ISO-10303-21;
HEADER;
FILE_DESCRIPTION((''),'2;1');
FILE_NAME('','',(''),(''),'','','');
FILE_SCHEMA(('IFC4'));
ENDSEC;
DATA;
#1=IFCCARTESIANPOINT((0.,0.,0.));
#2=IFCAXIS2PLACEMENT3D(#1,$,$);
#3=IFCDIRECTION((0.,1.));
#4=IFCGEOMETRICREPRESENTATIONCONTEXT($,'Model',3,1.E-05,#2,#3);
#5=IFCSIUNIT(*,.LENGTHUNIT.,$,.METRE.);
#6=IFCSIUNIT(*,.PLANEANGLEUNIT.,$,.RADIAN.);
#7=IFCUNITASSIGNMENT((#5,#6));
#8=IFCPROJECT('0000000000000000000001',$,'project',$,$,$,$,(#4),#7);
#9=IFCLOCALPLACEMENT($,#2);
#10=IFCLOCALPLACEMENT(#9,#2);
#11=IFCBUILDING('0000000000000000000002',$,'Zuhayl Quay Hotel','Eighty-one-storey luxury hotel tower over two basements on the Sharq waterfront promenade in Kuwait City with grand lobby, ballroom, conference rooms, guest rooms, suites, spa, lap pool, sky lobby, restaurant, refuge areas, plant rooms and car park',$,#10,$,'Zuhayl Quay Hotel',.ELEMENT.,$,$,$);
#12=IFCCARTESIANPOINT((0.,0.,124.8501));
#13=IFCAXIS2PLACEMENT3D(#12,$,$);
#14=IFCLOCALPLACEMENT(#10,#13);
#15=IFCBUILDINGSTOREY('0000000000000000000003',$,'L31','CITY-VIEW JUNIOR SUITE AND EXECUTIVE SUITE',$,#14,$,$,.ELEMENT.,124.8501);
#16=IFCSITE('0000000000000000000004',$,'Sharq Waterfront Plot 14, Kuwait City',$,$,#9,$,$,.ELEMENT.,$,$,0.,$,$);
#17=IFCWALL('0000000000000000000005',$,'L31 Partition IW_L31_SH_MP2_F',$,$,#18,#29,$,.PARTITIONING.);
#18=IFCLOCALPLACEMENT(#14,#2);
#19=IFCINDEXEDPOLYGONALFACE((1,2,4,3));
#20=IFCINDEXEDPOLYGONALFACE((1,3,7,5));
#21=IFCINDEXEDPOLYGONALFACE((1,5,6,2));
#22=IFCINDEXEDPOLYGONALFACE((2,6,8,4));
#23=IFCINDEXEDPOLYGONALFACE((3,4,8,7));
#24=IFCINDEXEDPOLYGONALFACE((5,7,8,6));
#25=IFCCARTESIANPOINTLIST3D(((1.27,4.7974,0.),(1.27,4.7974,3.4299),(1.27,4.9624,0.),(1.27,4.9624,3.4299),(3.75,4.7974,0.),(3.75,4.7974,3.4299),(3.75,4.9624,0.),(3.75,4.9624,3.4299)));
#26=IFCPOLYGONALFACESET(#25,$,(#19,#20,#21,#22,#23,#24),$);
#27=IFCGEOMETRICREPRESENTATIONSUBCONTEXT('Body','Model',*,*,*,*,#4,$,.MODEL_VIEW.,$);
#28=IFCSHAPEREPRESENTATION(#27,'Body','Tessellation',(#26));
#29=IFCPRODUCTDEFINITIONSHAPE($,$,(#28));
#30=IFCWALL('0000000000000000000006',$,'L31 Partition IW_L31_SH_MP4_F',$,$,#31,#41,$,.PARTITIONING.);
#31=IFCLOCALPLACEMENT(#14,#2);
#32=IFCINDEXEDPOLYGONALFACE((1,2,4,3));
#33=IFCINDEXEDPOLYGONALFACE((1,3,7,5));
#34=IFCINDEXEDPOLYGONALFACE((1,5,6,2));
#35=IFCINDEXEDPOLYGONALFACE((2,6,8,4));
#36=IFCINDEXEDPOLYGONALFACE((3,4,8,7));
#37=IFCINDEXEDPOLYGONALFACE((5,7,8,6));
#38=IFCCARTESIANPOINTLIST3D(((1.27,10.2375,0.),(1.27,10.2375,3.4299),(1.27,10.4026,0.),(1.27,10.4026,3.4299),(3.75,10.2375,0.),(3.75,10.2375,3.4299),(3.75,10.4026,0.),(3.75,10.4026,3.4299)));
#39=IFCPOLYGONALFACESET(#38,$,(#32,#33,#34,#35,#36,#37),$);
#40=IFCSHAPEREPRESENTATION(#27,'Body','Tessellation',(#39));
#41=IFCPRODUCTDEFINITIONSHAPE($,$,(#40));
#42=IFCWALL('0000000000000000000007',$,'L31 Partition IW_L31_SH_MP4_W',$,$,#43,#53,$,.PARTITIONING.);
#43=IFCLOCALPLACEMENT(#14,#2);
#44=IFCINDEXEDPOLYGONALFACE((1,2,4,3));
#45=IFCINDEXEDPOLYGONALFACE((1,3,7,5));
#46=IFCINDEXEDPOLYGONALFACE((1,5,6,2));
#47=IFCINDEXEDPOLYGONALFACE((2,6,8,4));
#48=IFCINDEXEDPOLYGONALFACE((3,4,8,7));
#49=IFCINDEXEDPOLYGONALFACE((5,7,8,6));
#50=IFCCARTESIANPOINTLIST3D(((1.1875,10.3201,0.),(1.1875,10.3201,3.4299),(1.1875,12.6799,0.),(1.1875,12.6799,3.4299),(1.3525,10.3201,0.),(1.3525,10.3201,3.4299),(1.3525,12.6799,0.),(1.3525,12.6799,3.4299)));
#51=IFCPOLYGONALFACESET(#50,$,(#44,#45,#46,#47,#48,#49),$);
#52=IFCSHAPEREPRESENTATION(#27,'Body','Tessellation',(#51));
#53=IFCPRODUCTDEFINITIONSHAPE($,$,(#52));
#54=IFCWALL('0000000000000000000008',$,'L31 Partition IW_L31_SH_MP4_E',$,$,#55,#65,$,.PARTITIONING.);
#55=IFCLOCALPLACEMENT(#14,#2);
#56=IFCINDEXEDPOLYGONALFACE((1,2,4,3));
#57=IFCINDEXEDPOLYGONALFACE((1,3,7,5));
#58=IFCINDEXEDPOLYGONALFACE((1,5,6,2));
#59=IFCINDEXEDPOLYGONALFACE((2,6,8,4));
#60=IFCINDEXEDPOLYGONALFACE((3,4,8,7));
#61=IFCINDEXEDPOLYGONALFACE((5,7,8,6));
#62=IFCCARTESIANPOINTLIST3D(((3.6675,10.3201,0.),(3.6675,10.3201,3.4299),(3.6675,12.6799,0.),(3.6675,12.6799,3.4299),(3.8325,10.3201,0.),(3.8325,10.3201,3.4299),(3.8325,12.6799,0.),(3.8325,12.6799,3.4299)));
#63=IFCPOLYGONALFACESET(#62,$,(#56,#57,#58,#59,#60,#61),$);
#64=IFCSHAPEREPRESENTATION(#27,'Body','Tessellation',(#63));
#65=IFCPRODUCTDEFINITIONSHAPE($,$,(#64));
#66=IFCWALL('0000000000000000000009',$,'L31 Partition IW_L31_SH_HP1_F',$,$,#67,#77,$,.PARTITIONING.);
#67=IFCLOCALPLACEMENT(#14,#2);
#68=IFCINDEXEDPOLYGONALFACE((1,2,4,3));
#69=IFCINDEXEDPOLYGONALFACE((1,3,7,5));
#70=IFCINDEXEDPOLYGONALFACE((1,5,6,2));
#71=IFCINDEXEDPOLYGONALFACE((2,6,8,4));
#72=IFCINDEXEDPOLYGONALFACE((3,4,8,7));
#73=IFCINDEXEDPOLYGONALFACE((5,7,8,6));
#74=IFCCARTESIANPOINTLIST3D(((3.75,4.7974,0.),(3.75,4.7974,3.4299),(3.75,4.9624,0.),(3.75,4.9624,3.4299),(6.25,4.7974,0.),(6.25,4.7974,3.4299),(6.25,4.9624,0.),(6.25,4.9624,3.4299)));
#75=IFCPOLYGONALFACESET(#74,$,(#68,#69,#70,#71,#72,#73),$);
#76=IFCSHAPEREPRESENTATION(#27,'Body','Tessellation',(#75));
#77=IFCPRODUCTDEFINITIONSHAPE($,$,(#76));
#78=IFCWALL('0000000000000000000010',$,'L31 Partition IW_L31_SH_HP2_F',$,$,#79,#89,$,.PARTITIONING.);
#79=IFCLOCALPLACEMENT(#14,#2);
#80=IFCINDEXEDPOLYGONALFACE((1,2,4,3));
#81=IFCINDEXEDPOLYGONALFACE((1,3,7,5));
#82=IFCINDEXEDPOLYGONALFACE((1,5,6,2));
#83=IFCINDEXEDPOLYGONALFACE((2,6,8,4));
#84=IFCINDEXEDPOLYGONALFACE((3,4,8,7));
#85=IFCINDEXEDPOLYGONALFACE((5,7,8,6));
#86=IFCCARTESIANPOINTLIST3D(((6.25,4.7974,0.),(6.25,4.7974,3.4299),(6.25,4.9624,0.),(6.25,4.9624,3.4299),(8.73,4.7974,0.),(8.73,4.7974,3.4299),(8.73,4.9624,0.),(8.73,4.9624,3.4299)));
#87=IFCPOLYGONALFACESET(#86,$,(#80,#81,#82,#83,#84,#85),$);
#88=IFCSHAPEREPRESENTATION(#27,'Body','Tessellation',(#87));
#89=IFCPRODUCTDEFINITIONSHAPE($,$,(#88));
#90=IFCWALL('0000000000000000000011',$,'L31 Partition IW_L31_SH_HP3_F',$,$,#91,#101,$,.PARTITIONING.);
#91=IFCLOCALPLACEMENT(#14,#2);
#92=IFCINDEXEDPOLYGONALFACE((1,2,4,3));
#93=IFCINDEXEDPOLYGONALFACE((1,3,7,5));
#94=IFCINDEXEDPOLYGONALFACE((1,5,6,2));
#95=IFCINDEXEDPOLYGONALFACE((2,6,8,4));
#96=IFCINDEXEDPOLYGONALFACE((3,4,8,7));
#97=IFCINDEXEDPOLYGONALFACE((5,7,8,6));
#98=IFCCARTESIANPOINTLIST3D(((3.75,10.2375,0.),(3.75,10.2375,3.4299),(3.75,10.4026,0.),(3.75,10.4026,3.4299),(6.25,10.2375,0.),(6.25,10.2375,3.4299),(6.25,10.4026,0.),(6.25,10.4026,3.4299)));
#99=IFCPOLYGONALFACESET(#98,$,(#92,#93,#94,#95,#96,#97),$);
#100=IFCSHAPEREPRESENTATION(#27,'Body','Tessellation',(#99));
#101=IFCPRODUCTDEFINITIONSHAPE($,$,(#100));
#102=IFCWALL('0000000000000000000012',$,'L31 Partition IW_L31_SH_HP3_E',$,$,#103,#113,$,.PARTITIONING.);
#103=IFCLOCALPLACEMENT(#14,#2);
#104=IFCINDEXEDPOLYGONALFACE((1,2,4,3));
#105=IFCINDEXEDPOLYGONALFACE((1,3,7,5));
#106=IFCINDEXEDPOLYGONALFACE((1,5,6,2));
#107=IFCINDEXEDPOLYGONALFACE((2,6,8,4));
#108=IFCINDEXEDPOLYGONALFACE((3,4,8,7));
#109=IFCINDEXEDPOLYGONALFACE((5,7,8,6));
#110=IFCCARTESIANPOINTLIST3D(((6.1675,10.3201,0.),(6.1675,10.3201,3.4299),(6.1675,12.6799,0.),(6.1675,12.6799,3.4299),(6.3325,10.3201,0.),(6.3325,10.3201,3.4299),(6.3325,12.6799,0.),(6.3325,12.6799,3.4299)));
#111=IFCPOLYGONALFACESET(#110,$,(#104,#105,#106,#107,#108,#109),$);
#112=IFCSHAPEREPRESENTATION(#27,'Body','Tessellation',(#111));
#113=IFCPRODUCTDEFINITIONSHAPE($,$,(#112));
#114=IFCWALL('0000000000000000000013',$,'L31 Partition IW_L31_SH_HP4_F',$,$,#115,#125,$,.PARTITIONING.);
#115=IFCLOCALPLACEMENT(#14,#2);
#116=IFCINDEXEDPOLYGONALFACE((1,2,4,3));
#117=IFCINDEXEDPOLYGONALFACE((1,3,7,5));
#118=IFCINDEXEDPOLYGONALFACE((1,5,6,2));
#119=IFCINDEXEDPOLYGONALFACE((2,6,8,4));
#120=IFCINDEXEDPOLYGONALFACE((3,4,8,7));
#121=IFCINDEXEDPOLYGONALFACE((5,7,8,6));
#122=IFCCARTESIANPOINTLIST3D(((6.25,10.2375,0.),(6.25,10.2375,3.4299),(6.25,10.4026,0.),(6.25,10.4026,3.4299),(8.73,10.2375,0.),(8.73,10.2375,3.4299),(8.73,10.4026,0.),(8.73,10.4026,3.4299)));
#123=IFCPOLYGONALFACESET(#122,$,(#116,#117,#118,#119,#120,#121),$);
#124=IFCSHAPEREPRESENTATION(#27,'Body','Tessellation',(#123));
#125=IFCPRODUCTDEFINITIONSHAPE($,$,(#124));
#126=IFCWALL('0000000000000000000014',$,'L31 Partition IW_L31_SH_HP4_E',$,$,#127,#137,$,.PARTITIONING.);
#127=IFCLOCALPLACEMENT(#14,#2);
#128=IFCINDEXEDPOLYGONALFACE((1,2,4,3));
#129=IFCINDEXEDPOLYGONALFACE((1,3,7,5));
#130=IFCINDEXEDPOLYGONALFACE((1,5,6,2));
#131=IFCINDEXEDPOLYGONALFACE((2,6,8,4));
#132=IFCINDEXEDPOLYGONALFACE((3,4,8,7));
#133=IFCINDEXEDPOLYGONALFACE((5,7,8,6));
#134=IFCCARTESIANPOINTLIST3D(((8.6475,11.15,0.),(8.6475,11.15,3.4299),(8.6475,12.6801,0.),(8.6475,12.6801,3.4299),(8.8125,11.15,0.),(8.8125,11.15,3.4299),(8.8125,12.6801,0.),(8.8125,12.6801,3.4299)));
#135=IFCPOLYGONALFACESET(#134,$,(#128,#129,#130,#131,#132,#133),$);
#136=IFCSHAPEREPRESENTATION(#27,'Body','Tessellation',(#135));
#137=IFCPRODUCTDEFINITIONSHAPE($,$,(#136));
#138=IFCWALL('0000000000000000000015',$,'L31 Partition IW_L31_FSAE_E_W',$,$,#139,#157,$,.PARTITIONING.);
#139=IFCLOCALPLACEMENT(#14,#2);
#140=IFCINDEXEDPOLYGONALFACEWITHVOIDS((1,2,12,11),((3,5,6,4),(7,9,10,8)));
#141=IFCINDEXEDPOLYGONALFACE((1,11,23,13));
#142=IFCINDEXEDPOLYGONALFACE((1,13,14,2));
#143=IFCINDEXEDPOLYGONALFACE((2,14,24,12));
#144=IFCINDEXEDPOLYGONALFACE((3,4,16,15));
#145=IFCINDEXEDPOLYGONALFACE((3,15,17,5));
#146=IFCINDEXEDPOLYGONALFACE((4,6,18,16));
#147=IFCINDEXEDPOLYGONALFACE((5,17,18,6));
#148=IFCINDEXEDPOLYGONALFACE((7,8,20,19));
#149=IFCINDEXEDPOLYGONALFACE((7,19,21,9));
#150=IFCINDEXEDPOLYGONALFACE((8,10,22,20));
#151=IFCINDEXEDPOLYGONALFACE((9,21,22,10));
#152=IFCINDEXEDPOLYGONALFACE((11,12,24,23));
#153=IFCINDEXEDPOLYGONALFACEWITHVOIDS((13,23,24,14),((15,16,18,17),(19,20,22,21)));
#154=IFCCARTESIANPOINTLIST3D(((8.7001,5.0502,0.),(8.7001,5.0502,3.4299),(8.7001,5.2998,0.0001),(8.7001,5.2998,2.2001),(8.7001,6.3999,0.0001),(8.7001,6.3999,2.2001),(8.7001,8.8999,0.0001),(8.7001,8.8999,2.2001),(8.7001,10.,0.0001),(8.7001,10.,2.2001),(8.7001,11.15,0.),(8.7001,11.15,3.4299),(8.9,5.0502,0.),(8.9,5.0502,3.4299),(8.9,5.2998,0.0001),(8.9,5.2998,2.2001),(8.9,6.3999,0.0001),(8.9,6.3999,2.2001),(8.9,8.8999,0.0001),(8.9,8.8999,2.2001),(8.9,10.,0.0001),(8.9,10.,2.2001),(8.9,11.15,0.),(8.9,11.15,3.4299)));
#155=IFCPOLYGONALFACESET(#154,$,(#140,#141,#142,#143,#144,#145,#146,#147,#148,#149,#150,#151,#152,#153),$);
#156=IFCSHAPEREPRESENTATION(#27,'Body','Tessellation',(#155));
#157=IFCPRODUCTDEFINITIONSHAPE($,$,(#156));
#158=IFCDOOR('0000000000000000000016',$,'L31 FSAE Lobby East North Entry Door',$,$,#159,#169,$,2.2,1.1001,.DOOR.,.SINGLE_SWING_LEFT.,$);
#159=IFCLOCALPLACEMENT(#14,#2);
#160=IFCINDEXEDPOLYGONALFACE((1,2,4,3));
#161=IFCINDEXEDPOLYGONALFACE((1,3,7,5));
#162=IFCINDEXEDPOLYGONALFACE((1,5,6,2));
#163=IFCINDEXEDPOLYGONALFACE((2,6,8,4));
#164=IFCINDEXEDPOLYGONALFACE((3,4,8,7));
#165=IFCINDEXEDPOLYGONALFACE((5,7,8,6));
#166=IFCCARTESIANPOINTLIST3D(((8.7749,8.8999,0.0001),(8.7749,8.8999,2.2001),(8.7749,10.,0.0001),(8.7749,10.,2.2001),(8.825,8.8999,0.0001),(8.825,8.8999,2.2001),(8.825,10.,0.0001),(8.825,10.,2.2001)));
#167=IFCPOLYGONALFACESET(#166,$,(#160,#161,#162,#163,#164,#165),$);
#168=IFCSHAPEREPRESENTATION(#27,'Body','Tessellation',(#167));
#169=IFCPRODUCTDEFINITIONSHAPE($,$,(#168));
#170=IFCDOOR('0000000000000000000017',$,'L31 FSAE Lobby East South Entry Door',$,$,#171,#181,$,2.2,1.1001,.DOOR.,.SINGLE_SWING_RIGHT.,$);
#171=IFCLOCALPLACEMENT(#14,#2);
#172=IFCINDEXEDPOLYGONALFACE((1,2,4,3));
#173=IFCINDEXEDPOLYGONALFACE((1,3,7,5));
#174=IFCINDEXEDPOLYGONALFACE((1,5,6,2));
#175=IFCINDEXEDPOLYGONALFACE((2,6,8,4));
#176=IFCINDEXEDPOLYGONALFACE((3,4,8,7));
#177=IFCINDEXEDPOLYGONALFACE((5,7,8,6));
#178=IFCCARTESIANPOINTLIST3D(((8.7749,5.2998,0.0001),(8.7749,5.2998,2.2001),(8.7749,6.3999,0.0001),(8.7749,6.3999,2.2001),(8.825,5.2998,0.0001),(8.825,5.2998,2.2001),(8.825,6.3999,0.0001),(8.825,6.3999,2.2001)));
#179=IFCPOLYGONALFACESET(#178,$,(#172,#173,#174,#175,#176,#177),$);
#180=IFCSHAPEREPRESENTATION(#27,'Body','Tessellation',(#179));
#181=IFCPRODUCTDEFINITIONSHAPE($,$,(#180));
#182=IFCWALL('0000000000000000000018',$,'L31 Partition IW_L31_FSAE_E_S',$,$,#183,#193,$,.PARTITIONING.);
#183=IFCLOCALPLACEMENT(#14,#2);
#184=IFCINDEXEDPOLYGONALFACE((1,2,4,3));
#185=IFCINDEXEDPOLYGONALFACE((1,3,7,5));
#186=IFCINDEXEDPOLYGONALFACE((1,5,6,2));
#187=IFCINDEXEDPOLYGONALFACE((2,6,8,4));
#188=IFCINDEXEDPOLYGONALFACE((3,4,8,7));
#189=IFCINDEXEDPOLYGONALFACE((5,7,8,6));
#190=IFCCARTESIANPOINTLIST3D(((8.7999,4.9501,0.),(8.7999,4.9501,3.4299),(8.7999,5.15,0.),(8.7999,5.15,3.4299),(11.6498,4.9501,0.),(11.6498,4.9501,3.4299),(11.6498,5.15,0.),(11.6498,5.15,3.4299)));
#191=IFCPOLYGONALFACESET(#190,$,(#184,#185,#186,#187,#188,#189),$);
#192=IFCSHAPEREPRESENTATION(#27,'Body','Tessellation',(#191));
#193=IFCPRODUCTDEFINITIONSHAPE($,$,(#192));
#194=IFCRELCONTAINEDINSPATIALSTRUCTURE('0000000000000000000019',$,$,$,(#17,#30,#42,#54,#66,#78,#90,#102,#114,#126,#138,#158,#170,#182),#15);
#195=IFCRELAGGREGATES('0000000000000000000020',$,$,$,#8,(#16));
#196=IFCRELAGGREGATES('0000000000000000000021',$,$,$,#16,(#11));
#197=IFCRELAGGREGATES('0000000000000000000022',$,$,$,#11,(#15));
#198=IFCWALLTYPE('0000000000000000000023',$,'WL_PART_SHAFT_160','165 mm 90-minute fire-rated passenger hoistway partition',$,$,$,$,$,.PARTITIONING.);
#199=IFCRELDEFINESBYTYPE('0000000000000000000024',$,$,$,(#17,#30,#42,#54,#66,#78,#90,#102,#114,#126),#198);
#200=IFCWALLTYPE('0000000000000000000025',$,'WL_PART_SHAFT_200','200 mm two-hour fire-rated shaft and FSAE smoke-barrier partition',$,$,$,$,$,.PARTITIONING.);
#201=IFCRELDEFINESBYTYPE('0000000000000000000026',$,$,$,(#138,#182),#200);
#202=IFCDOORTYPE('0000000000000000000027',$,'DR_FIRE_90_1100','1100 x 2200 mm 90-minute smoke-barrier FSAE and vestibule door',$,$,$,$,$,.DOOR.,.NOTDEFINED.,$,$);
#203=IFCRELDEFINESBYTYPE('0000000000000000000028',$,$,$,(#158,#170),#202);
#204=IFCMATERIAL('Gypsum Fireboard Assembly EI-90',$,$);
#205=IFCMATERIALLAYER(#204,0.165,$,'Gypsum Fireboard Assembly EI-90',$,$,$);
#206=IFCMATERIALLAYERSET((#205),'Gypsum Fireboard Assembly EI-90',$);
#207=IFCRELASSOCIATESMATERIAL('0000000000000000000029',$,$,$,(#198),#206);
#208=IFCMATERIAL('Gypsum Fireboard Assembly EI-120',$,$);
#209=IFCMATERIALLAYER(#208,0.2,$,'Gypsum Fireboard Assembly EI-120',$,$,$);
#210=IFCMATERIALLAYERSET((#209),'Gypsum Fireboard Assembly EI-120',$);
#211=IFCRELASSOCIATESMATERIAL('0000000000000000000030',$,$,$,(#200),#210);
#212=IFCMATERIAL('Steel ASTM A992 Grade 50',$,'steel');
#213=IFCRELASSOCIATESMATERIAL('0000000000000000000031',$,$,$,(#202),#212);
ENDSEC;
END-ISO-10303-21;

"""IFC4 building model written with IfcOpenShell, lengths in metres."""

from ifc_helpers import new_model, si_unit, direction, frame, frame_2d, origin, place, context, subcontext, project, spatial, rectangle, extrude, material, layer, layer_set, type_object, element, fill, save


model = new_model("IFC4")

# Units and contexts
model_context = context("Model", 3, precision=1e-05, world=origin(), true_north=direction((0.0, 1.0)))
body_context = subcontext(model_context, "Body", "Model", "MODEL_VIEW")
ifc_project = project(units=[si_unit("LENGTHUNIT", "METRE"), si_unit("PLANEANGLEUNIT", "RADIAN")], contexts=[model_context])

# Site, building, storey
site_placement = place(None, origin())
site = spatial("IfcSite", under=ifc_project, at=site_placement, Name="Sharq Waterfront Plot 14, Kuwait City", CompositionType="ELEMENT", RefElevation=0.0)
building_placement = place(site_placement, origin())
building = spatial("IfcBuilding", under=site, at=building_placement, Name="Zuhayl Quay Hotel", Description="Eighty-one-storey luxury hotel tower over two basements on the Sharq waterfront promenade in Kuwait City with grand lobby, ballroom, conference rooms, guest rooms, suites, spa, lap pool, sky lobby, restaurant, refuge areas, plant rooms and car park", LongName="Zuhayl Quay Hotel", CompositionType="ELEMENT")
storey_placement = place(building_placement, frame((0.0, 0.0, 124.8501)))
storey = spatial("IfcBuildingStorey", under=building, at=storey_placement, Name="L31", Description="CITY-VIEW JUNIOR SUITE AND EXECUTIVE SUITE", CompositionType="ELEMENT", Elevation=124.8501)

# Shared definitions
ifc_material_1 = material(Name="Steel ASTM A992 Grade 50", Category="steel")

# Shared definitions
ifc_material_2 = material(Name="Gypsum Fireboard Assembly EI-90")
ifc_layer_1 = layer(ifc_material_2, 0.165, Name="Gypsum Fireboard Assembly EI-90")
ifc_layer_set_1 = layer_set([ifc_layer_1], Name="Gypsum Fireboard Assembly EI-90")
wall_type_1 = type_object("IfcWallType", Name="WL_PART_SHAFT_160", Description="165 mm 90-minute fire-rated passenger hoistway partition", PredefinedType="PARTITIONING", material=ifc_layer_set_1)

# Walls
for number, where, z_axis, x_axis, name in (
    (1, (1.27, 4.8799, 0.0), (0.0, 0.0, 1.0), (1.0, 0.0, 0.0), "L31 Partition IW_L31_SH_MP2_F"),
    (2, (1.27, 10.3201, 0.0), (0.0, 0.0, 1.0), (1.0, 0.0, 0.0), "L31 Partition IW_L31_SH_MP4_F"),
):
    element("IfcWall", number, at=place(storey_placement, frame(where, z_axis=z_axis, x_axis=x_axis)), inside=storey, type_object=wall_type_1, Name=name, PredefinedType="PARTITIONING", context=body_context, shape_type="SweptSolid", body=[
        extrude(rectangle(XDim=2.48, YDim=0.165, at=frame_2d((1.24, 0.0))), origin(), (0.0, 0.0, 1.0), 3.4299),
    ])
for number, where, z_axis, x_axis, name in (
    (3, (1.27, 10.3201, 0.0), (0.0, 0.0, 1.0), (0.0, 1.0, 0.0), "L31 Partition IW_L31_SH_MP4_W"),
    (4, (3.75, 10.3201, 0.0), (0.0, 0.0, 1.0), (0.0, 1.0, 0.0), "L31 Partition IW_L31_SH_MP4_E"),
):
    element("IfcWall", number, at=place(storey_placement, frame(where, z_axis=z_axis, x_axis=x_axis)), inside=storey, type_object=wall_type_1, Name=name, PredefinedType="PARTITIONING", context=body_context, shape_type="SweptSolid", body=[
        extrude(rectangle(XDim=2.3599, YDim=0.165, at=frame_2d((1.1799, 0.0))), origin(), (0.0, 0.0, 1.0), 3.4299),
    ])
wall_1_placement = place(storey_placement, frame((3.75, 4.8799, 0.0), z_axis=(0.0, 0.0, 1.0), x_axis=(1.0, 0.0, 0.0)))
element("IfcWall", 5, at=wall_1_placement, inside=storey, type_object=wall_type_1, Name="L31 Partition IW_L31_SH_HP1_F", PredefinedType="PARTITIONING", context=body_context, shape_type="SweptSolid", body=[
    extrude(rectangle(XDim=2.5, YDim=0.165, at=frame_2d((1.25, 0.0))), origin(), (0.0, 0.0, 1.0), 3.4299),
])
wall_2_placement = place(storey_placement, frame((6.25, 4.8799, 0.0), z_axis=(0.0, 0.0, 1.0), x_axis=(1.0, 0.0, 0.0)))
element("IfcWall", 6, at=wall_2_placement, inside=storey, type_object=wall_type_1, Name="L31 Partition IW_L31_SH_HP2_F", PredefinedType="PARTITIONING", context=body_context, shape_type="SweptSolid", body=[
    extrude(rectangle(XDim=2.48, YDim=0.165, at=frame_2d((1.24, 0.0))), origin(), (0.0, 0.0, 1.0), 3.4299),
])
wall_3_placement = place(storey_placement, frame((3.75, 10.3201, 0.0), z_axis=(0.0, 0.0, 1.0), x_axis=(1.0, 0.0, 0.0)))
element("IfcWall", 7, at=wall_3_placement, inside=storey, type_object=wall_type_1, Name="L31 Partition IW_L31_SH_HP3_F", PredefinedType="PARTITIONING", context=body_context, shape_type="SweptSolid", body=[
    extrude(rectangle(XDim=2.5, YDim=0.165, at=frame_2d((1.25, 0.0))), origin(), (0.0, 0.0, 1.0), 3.4299),
])
wall_4_placement = place(storey_placement, frame((6.25, 10.3201, 0.0), z_axis=(0.0, 0.0, 1.0), x_axis=(0.0, 1.0, 0.0)))
element("IfcWall", 8, at=wall_4_placement, inside=storey, type_object=wall_type_1, Name="L31 Partition IW_L31_SH_HP3_E", PredefinedType="PARTITIONING", context=body_context, shape_type="SweptSolid", body=[
    extrude(rectangle(XDim=2.3599, YDim=0.165, at=frame_2d((1.1799, 0.0))), origin(), (0.0, 0.0, 1.0), 3.4299),
])
wall_5_placement = place(storey_placement, frame((6.25, 10.3201, 0.0), z_axis=(0.0, 0.0, 1.0), x_axis=(1.0, 0.0, 0.0)))
element("IfcWall", 9, at=wall_5_placement, inside=storey, type_object=wall_type_1, Name="L31 Partition IW_L31_SH_HP4_F", PredefinedType="PARTITIONING", context=body_context, shape_type="SweptSolid", body=[
    extrude(rectangle(XDim=2.48, YDim=0.165, at=frame_2d((1.24, 0.0))), origin(), (0.0, 0.0, 1.0), 3.4299),
])
wall_6_placement = place(storey_placement, frame((8.73, 11.1499, 0.0), z_axis=(0.0, 0.0, 1.0), x_axis=(0.0, 1.0, 0.0)))
element("IfcWall", 10, at=wall_6_placement, inside=storey, type_object=wall_type_1, Name="L31 Partition IW_L31_SH_HP4_E", PredefinedType="PARTITIONING", context=body_context, shape_type="SweptSolid", body=[
    extrude(rectangle(XDim=1.53, YDim=0.165, at=frame_2d((0.7651, 0.0))), origin(), (0.0, 0.0, 1.0), 3.4299),
])

# Wall, openings, doors
ifc_material_3 = material(Name="Gypsum Fireboard Assembly EI-120")
ifc_layer_2 = layer(ifc_material_3, 0.2, Name="Gypsum Fireboard Assembly EI-120")
ifc_layer_set_2 = layer_set([ifc_layer_2], Name="Gypsum Fireboard Assembly EI-120")
wall_type_2 = type_object("IfcWallType", Name="WL_PART_SHAFT_200", Description="200 mm two-hour fire-rated shaft and FSAE smoke-barrier partition", PredefinedType="PARTITIONING", material=ifc_layer_set_2)
wall_7_placement = place(storey_placement, frame((8.8, 11.1499, 0.0), z_axis=(0.0, 0.0, 1.0), x_axis=(0.0, -1.0, 0.0)))
wall_7 = element("IfcWall", 11, at=wall_7_placement, inside=storey, type_object=wall_type_2, Name="L31 Partition IW_L31_FSAE_E_W", PredefinedType="PARTITIONING", context=body_context, shape_type="SweptSolid", body=[
    extrude(rectangle(XDim=6.0999, YDim=0.2, at=frame_2d((3.0498, 0.0))), origin(), (0.0, 0.0, 1.0), 3.4299),
])
opening_1_placement = place(wall_7_placement, frame((1.1499, 0.0, 0.0)))
opening_1 = element("IfcOpeningElement", 12, at=opening_1_placement, cuts=wall_7, PredefinedType="OPENING", context=body_context, shape_type="SweptSolid", body=[
    extrude(rectangle(XDim=1.1001, YDim=2.2, at=frame_2d((0.55, 1.1001))), frame((0.0, 0.1099, 0.0), z_axis=(0.0, -1.0, 0.0), x_axis=(1.0, 0.0, 0.0)), (0.0, 0.0, 1.0), 0.22),
])
opening_2_placement = place(wall_7_placement, frame((4.75, 0.0, 0.0)))
opening_2 = element("IfcOpeningElement", 13, at=opening_2_placement, cuts=wall_7, PredefinedType="OPENING", context=body_context, shape_type="SweptSolid", body=[
    extrude(rectangle(XDim=1.1001, YDim=2.2, at=frame_2d((0.55, 1.1001))), frame((0.0, 0.1099, 0.0), z_axis=(0.0, -1.0, 0.0), x_axis=(1.0, 0.0, 0.0)), (0.0, 0.0, 1.0), 0.22),
])
door_type_1 = type_object("IfcDoorType", Name="DR_FIRE_90_1100", Description="1100 x 2200 mm 90-minute smoke-barrier FSAE and vestibule door", OperationType="NOTDEFINED", PredefinedType="DOOR", material=ifc_material_1)
door_1_placement = place(opening_1_placement, origin())
door_1 = element("IfcDoor", 14, at=door_1_placement, inside=storey, type_object=door_type_1, Name="L31 FSAE Lobby East North Entry Door", OperationType="SINGLE_SWING_LEFT", OverallHeight=2.2, OverallWidth=1.1001, PredefinedType="DOOR", context=body_context, shape_type="SweptSolid", body=[
    extrude(rectangle(XDim=1.1001, YDim=2.2, at=frame_2d((0.55, 1.1001))), frame((0.0, 0.0249, 0.0), z_axis=(0.0, -1.0, 0.0), x_axis=(1.0, 0.0, 0.0)), (0.0, 0.0, 1.0), 0.05),
])
fill(opening_1, door_1)
door_2_placement = place(opening_2_placement, origin())
door_2 = element("IfcDoor", 15, at=door_2_placement, inside=storey, type_object=door_type_1, Name="L31 FSAE Lobby East South Entry Door", OperationType="SINGLE_SWING_RIGHT", OverallHeight=2.2, OverallWidth=1.1001, PredefinedType="DOOR", context=body_context, shape_type="SweptSolid", body=[
    extrude(rectangle(XDim=1.1001, YDim=2.2, at=frame_2d((0.55, 1.1001))), frame((0.0, 0.0249, 0.0), z_axis=(0.0, -1.0, 0.0), x_axis=(1.0, 0.0, 0.0)), (0.0, 0.0, 1.0), 0.05),
])
fill(opening_2, door_2)

# Wall
wall_8_placement = place(storey_placement, frame((8.8, 5.05, 0.0), z_axis=(0.0, 0.0, 1.0), x_axis=(1.0, 0.0, 0.0)))
element("IfcWall", 16, at=wall_8_placement, inside=storey, type_object=wall_type_2, Name="L31 Partition IW_L31_FSAE_E_S", PredefinedType="PARTITIONING", context=body_context, shape_type="SweptSolid", body=[
    extrude(rectangle(XDim=2.8499, YDim=0.2, at=frame_2d((1.4248, 0.0))), origin(), (0.0, 0.0, 1.0), 3.4299),
])

save(model, "model.ifc")
